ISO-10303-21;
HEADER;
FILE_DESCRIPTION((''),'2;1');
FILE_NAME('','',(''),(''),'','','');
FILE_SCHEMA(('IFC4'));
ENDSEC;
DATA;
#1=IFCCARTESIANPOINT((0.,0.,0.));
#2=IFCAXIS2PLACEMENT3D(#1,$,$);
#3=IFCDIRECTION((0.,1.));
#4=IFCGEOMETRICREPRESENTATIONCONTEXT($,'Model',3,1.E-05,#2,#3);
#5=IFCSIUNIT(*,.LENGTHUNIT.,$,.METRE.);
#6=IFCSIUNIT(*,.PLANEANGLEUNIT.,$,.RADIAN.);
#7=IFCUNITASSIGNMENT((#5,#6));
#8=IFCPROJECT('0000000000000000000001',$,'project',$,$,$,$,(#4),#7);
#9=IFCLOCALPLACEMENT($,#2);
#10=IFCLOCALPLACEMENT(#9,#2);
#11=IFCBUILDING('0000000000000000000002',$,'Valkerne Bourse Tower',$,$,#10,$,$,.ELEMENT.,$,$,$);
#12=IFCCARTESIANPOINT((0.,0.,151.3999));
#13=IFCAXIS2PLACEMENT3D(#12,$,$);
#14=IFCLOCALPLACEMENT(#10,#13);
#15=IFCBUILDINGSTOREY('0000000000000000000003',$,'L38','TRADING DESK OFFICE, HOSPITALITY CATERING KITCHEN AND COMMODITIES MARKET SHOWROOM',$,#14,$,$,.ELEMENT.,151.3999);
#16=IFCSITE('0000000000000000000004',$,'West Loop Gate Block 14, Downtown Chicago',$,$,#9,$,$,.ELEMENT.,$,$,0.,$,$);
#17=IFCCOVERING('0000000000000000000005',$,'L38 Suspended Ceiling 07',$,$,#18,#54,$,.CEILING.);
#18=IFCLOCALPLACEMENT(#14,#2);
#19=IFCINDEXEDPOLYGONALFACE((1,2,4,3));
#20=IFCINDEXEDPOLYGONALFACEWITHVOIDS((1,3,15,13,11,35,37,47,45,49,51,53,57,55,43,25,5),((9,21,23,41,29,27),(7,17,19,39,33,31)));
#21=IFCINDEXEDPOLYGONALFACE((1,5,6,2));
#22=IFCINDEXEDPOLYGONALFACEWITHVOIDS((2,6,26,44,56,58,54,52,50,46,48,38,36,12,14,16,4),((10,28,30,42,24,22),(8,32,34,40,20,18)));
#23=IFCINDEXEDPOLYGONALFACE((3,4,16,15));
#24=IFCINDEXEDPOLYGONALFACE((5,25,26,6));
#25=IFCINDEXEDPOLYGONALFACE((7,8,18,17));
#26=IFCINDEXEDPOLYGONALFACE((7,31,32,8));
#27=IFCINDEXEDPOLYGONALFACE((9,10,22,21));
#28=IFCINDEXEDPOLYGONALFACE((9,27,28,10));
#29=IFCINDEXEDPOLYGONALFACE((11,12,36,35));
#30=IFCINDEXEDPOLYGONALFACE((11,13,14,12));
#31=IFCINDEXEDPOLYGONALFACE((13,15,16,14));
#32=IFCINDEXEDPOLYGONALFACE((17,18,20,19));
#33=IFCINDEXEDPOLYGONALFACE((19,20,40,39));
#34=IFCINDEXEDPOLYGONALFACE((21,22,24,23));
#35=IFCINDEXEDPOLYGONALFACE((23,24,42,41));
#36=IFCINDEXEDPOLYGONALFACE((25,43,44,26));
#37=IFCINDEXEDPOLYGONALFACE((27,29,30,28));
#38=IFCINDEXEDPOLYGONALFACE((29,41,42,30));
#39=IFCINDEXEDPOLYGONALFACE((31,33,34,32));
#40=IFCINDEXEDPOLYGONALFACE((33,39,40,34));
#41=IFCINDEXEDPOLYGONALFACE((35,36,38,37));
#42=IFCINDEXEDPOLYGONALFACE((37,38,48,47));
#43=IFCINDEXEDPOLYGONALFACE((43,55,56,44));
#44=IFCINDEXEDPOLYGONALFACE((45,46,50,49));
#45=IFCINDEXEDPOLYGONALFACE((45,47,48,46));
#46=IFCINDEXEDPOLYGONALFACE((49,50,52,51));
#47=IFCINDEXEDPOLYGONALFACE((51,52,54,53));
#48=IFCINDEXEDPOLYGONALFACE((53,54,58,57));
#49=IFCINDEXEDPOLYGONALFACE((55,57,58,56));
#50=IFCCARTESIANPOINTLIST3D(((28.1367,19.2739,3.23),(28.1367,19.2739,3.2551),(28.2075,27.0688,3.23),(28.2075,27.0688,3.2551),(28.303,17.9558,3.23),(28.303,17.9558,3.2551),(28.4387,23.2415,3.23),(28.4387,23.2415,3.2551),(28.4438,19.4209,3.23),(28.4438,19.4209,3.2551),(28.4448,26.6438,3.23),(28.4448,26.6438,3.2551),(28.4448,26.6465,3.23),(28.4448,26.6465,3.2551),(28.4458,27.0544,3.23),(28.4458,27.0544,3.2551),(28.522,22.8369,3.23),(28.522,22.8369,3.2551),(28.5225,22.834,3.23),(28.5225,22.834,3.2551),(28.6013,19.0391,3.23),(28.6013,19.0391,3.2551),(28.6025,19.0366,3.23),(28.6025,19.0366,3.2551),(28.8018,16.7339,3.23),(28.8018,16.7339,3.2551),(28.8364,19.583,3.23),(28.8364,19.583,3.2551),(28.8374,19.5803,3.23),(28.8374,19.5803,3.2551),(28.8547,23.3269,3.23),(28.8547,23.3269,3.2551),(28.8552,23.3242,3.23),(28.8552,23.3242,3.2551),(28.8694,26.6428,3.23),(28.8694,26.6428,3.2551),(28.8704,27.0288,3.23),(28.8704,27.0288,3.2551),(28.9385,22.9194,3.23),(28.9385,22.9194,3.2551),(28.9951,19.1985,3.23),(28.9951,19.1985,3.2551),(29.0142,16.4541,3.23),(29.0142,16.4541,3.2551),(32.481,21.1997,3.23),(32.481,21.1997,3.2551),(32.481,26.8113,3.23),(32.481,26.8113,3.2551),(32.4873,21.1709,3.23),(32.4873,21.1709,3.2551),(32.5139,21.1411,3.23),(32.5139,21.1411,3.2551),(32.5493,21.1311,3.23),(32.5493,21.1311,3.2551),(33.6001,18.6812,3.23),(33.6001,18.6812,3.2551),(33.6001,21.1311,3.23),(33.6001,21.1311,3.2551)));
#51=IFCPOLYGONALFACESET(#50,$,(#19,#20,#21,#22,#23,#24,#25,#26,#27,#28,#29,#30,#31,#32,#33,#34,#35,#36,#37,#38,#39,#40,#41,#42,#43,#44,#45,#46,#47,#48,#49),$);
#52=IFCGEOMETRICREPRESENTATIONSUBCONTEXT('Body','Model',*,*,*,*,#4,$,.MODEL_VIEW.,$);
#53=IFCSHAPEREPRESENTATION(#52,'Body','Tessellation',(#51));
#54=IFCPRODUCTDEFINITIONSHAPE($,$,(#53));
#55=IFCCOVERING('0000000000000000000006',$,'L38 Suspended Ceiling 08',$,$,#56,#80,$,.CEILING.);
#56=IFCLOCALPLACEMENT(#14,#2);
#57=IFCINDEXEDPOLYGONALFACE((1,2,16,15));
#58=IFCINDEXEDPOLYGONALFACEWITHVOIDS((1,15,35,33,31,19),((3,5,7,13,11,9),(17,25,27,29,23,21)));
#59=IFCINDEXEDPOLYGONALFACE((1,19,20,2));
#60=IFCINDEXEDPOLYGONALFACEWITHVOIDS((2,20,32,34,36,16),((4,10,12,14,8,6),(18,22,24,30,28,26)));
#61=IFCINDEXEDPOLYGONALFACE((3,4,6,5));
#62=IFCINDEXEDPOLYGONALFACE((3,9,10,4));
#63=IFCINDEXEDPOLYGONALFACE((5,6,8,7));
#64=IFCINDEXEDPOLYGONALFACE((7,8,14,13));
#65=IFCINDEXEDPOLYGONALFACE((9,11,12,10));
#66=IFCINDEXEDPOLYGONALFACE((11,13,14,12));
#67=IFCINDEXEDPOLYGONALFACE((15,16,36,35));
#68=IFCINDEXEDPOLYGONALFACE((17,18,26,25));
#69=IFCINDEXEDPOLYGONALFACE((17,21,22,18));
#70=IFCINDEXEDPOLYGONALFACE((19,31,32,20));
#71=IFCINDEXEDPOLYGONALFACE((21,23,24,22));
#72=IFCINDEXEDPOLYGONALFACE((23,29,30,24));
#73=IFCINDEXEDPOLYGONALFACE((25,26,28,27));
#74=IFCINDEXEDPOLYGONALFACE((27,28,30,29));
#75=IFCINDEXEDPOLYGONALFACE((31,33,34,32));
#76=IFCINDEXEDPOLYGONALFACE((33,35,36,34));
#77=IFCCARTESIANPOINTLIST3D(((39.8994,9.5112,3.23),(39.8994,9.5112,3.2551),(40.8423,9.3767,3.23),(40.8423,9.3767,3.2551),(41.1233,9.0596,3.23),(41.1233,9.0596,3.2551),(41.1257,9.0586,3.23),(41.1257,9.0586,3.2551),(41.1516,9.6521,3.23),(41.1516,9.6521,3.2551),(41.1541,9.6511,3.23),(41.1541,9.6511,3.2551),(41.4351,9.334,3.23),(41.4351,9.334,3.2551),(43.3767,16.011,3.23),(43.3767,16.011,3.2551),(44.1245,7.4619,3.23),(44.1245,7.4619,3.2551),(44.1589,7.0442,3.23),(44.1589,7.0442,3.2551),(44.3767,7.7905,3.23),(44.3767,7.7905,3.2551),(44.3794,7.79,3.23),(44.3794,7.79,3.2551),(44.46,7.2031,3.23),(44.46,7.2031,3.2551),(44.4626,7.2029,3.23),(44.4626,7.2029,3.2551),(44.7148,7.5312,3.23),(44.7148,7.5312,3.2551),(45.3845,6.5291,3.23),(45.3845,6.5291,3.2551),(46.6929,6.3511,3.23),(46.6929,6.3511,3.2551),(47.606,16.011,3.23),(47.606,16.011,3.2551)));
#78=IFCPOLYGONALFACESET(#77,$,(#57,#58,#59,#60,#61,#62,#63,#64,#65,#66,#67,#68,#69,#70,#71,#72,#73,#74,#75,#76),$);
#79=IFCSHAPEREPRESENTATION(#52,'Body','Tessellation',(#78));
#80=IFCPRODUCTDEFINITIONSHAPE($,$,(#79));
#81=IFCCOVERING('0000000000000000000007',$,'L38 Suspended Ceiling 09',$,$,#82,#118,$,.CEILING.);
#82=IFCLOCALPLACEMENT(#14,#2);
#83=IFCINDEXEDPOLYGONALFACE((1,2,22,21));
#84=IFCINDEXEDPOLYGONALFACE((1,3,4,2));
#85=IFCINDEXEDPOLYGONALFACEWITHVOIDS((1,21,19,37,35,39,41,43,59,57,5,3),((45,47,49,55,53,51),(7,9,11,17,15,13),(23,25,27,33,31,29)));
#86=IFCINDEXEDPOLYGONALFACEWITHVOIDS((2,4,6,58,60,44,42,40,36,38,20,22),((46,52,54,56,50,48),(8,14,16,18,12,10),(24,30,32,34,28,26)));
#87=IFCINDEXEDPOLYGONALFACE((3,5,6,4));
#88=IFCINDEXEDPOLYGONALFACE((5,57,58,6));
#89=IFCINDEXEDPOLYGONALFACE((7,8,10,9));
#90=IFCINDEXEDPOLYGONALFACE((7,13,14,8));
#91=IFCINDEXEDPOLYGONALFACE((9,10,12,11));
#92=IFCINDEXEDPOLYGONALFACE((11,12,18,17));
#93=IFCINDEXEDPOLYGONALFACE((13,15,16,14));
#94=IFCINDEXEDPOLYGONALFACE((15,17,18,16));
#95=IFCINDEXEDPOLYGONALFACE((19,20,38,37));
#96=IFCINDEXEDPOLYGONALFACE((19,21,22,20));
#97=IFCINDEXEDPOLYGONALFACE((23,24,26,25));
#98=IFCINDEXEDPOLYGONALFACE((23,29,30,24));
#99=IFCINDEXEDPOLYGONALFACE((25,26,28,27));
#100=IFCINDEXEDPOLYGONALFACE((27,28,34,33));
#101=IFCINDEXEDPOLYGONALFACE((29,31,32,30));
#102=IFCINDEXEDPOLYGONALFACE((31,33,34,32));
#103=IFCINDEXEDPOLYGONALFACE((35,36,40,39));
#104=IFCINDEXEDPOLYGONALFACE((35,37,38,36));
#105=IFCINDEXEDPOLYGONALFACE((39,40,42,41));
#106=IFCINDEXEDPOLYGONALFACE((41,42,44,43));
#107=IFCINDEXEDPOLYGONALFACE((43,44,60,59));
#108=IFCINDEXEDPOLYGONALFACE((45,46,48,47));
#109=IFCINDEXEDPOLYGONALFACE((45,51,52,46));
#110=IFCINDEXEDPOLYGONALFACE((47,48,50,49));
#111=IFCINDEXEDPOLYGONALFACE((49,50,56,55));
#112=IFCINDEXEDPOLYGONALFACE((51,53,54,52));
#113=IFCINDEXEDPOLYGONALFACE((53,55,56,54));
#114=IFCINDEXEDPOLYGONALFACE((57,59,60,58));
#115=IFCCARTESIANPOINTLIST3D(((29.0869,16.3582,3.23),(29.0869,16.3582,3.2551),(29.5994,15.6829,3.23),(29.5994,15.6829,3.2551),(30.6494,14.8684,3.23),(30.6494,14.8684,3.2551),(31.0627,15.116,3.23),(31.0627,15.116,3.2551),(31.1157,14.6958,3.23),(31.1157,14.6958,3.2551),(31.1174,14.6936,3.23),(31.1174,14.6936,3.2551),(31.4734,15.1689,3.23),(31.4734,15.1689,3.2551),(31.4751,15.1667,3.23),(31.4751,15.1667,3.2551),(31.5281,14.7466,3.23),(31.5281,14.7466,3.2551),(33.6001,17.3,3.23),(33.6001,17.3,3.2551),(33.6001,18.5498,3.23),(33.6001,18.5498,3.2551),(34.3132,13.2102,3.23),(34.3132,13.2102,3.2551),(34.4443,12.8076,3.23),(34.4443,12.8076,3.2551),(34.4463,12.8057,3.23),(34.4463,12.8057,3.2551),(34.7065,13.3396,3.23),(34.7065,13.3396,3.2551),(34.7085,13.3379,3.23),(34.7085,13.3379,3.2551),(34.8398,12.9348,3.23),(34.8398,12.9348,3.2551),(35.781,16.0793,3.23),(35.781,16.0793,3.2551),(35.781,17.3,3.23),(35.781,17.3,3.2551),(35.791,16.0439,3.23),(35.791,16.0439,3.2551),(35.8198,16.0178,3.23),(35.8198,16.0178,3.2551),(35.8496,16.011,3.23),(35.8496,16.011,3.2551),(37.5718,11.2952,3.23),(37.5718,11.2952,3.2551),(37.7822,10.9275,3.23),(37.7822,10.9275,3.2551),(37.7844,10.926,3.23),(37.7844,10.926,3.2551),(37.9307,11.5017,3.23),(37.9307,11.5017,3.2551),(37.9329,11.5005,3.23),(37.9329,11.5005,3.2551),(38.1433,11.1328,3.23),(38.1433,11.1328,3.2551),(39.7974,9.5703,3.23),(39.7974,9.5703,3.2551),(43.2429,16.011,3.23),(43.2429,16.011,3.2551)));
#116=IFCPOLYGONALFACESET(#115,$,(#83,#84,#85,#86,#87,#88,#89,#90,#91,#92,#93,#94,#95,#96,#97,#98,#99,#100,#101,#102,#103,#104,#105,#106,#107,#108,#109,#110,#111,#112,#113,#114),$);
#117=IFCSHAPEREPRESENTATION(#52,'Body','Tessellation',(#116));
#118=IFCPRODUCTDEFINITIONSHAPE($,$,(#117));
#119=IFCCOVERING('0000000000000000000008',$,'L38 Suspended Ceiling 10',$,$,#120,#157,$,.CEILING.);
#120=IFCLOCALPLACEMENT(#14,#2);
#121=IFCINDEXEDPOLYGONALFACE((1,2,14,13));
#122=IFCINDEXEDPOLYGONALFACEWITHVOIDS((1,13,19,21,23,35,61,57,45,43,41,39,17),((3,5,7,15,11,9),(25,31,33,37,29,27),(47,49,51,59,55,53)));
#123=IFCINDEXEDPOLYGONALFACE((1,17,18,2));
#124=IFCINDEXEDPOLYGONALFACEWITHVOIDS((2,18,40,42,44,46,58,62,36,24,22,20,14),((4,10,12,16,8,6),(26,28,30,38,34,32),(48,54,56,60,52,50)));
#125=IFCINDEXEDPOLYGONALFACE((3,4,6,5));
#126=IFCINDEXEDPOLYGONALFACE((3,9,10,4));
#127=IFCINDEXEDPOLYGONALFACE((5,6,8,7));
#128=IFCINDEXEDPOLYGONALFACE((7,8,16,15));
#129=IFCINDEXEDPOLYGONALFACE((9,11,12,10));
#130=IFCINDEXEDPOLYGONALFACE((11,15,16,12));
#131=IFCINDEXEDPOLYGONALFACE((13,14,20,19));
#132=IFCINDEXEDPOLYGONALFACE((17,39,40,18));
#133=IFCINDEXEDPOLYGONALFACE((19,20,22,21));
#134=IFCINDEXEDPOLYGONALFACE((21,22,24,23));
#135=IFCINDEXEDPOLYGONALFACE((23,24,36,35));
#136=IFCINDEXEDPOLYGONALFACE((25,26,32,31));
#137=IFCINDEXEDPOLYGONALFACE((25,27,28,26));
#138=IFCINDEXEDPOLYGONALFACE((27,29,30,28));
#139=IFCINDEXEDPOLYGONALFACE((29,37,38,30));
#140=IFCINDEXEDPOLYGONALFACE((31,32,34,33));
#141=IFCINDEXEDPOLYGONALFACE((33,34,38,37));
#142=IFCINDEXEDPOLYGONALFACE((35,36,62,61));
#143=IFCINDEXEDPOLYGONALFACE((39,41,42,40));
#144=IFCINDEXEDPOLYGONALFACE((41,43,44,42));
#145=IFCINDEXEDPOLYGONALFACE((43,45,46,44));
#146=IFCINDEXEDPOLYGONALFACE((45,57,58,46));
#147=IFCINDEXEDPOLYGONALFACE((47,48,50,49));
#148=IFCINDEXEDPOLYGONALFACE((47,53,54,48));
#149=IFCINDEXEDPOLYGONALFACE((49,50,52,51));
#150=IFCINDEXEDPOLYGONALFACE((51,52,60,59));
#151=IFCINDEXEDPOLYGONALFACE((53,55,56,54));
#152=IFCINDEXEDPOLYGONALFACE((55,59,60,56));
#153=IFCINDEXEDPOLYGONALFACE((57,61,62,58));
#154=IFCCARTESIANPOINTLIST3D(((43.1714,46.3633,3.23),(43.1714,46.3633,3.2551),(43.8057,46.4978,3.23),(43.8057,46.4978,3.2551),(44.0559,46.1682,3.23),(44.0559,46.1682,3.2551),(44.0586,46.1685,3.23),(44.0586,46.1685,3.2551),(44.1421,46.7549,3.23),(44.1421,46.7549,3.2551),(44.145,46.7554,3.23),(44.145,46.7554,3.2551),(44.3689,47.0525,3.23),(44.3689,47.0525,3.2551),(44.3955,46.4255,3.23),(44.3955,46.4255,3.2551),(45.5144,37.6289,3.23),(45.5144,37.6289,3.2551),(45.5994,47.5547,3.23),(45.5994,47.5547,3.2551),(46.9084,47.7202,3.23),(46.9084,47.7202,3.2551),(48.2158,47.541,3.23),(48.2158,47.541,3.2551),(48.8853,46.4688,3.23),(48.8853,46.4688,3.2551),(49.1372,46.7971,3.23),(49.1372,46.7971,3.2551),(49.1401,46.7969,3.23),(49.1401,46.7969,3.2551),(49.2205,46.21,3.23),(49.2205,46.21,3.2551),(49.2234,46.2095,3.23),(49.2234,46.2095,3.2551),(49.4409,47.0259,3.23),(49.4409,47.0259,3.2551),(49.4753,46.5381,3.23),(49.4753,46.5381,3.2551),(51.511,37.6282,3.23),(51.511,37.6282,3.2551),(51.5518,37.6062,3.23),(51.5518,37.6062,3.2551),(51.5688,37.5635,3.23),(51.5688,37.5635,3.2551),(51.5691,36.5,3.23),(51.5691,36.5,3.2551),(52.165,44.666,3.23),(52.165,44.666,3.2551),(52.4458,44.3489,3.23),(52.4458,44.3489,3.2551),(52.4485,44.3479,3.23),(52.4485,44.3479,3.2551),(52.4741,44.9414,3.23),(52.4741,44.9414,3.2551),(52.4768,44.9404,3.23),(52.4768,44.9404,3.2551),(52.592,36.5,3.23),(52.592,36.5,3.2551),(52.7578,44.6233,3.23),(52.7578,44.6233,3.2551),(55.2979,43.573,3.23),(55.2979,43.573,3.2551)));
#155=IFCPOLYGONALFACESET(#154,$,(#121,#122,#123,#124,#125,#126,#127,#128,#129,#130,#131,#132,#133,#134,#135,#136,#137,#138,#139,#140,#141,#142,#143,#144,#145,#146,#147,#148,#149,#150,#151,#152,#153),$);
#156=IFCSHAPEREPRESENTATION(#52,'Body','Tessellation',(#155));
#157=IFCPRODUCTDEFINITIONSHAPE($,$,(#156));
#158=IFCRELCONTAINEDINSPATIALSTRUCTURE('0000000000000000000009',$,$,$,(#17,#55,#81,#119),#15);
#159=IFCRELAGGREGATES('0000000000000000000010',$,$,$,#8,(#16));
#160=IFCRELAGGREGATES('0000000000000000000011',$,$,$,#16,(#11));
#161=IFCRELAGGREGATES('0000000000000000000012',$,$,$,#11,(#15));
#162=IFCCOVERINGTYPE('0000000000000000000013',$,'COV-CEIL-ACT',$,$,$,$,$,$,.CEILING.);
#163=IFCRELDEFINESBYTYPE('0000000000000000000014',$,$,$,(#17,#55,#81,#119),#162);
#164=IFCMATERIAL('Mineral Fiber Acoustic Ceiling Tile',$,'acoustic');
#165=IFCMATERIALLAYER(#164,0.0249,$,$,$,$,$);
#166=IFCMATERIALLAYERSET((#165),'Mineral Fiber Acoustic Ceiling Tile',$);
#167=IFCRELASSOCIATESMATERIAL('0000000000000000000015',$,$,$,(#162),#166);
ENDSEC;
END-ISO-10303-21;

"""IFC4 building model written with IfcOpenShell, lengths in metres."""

from ifc_helpers import new_model, si_unit, direction, frame, origin, place, context, subcontext, project, spatial, polyline, outline, extrude, material, layer, layer_set, type_object, element, save


model = new_model("IFC4")

# Units and contexts
model_context = context("Model", 3, precision=1e-05, world=origin(), true_north=direction((0.0, 1.0)))
body_context = subcontext(model_context, "Body", "Model", "MODEL_VIEW")
ifc_project = project(units=[si_unit("LENGTHUNIT", "METRE"), si_unit("PLANEANGLEUNIT", "RADIAN")], contexts=[model_context])

# Site, building, storey
site_placement = place(None, origin())
site = spatial("IfcSite", under=ifc_project, at=site_placement, Name="West Loop Gate Block 14, Downtown Chicago", CompositionType="ELEMENT", RefElevation=0.0)
building_placement = place(site_placement, origin())
building = spatial("IfcBuilding", under=site, at=building_placement, Name="Valkerne Bourse Tower", CompositionType="ELEMENT")
storey_placement = place(building_placement, frame((0.0, 0.0, 151.3999)))
storey = spatial("IfcBuildingStorey", under=building, at=storey_placement, Name="L38", Description="TRADING DESK OFFICE, HOSPITALITY CATERING KITCHEN AND COMMODITIES MARKET SHOWROOM", CompositionType="ELEMENT", Elevation=151.3999)

# Coverings
ifc_material_1 = material(Name="Mineral Fiber Acoustic Ceiling Tile", Category="acoustic")
ifc_layer_1 = layer(ifc_material_1, 0.0249)
ifc_layer_set_1 = layer_set([ifc_layer_1], Name="Mineral Fiber Acoustic Ceiling Tile")
covering_type_1 = type_object("IfcCoveringType", Name="COV-CEIL-ACT", PredefinedType="CEILING", material=ifc_layer_set_1)
covering_1_placement = place(storey_placement, frame((0.0, 0.0, 3.23)))
element("IfcCovering", 1, at=covering_1_placement, inside=storey, type_object=covering_type_1, Name="L38 Suspended Ceiling 07", PredefinedType="CEILING", context=body_context, shape_type="SweptSolid", body=[
    extrude(outline(polyline([(28.1367, 19.2739), (28.2075, 27.0688), (28.4458, 27.0544), (28.4448, 26.6465), (28.4448, 26.6438), (28.8694, 26.6428), (28.8704, 27.0288), (32.481, 26.8113), (32.481, 21.1997), (32.4873, 21.1709), (32.5139, 21.1411), (32.5493, 21.1311), (33.6001, 21.1311), (33.6001, 18.6812), (29.0142, 16.4541), (28.8018, 16.7339), (28.303, 17.9558), (28.1367, 19.2739)]), holes=[polyline([(28.9951, 19.1985), (28.8374, 19.5803), (28.8364, 19.583), (28.4438, 19.4209), (28.6013, 19.0391), (28.6025, 19.0366), (28.9951, 19.1985)]), polyline([(28.8552, 23.3242), (28.8547, 23.3269), (28.4387, 23.2415), (28.522, 22.8369), (28.5225, 22.834), (28.9385, 22.9194), (28.8552, 23.3242)])]), origin(), (0.0, 0.0, 1.0), 0.0251),
])
covering_2_placement = place(storey_placement, frame((0.0, 0.0, 3.23)))
element("IfcCovering", 2, at=covering_2_placement, inside=storey, type_object=covering_type_1, Name="L38 Suspended Ceiling 08", PredefinedType="CEILING", context=body_context, shape_type="SweptSolid", body=[
    extrude(outline(polyline([(44.1589, 7.0442), (39.8994, 9.5112), (43.3767, 16.011), (47.606, 16.011), (46.6929, 6.3511), (45.3845, 6.5291), (44.1589, 7.0442)]), holes=[polyline([(44.7148, 7.5312), (44.3794, 7.79), (44.3767, 7.7905), (44.1245, 7.4619), (44.46, 7.2031), (44.4626, 7.2029), (44.7148, 7.5312)]), polyline([(41.1541, 9.6511), (41.1516, 9.6521), (40.8423, 9.3767), (41.1233, 9.0596), (41.1257, 9.0586), (41.4351, 9.334), (41.1541, 9.6511)])]), origin(), (0.0, 0.0, 1.0), 0.0251),
])
covering_3_placement = place(storey_placement, frame((0.0, 0.0, 3.23)))
element("IfcCovering", 3, at=covering_3_placement, inside=storey, type_object=covering_type_1, Name="L38 Suspended Ceiling 09", PredefinedType="CEILING", context=body_context, shape_type="SweptSolid", body=[
    extrude(outline(polyline([(29.0869, 16.3582), (33.6001, 18.5498), (33.6001, 17.3), (35.781, 17.3), (35.781, 16.0793), (35.791, 16.0439), (35.8198, 16.0178), (35.8496, 16.011), (43.2429, 16.011), (39.7974, 9.5703), (30.6494, 14.8684), (29.5994, 15.6829), (29.0869, 16.3582)]), holes=[polyline([(37.9329, 11.5005), (37.9307, 11.5017), (37.5718, 11.2952), (37.7822, 10.9275), (37.7844, 10.926), (38.1433, 11.1328), (37.9329, 11.5005)]), polyline([(34.7085, 13.3379), (34.7065, 13.3396), (34.3132, 13.2102), (34.4443, 12.8076), (34.4463, 12.8057), (34.8398, 12.9348), (34.7085, 13.3379)]), polyline([(31.5281, 14.7466), (31.4751, 15.1667), (31.4734, 15.1689), (31.0627, 15.116), (31.1157, 14.6958), (31.1174, 14.6936), (31.5281, 14.7466)])]), origin(), (0.0, 0.0, 1.0), 0.0251),
])
covering_4_placement = place(storey_placement, frame((0.0, 0.0, 3.23)))
element("IfcCovering", 4, at=covering_4_placement, inside=storey, type_object=covering_type_1, Name="L38 Suspended Ceiling 10", PredefinedType="CEILING", context=body_context, shape_type="SweptSolid", body=[
    extrude(outline(polyline([(46.9084, 47.7202), (48.2158, 47.541), (49.4409, 47.0259), (55.2979, 43.573), (52.592, 36.5), (51.5691, 36.5), (51.5688, 37.5635), (51.5518, 37.6062), (51.511, 37.6282), (45.5144, 37.6289), (43.1714, 46.3633), (44.3689, 47.0525), (45.5994, 47.5547), (46.9084, 47.7202)]), holes=[polyline([(52.4768, 44.9404), (52.4741, 44.9414), (52.165, 44.666), (52.4458, 44.3489), (52.4485, 44.3479), (52.7578, 44.6233), (52.4768, 44.9404)]), polyline([(44.3955, 46.4255), (44.145, 46.7554), (44.1421, 46.7549), (43.8057, 46.4978), (44.0559, 46.1682), (44.0586, 46.1685), (44.3955, 46.4255)]), polyline([(49.1401, 46.7969), (49.1372, 46.7971), (48.8853, 46.4688), (49.2205, 46.21), (49.2234, 46.2095), (49.4753, 46.5381), (49.1401, 46.7969)])]), origin(), (0.0, 0.0, 1.0), 0.0251),
])

save(model, "model.ifc")
